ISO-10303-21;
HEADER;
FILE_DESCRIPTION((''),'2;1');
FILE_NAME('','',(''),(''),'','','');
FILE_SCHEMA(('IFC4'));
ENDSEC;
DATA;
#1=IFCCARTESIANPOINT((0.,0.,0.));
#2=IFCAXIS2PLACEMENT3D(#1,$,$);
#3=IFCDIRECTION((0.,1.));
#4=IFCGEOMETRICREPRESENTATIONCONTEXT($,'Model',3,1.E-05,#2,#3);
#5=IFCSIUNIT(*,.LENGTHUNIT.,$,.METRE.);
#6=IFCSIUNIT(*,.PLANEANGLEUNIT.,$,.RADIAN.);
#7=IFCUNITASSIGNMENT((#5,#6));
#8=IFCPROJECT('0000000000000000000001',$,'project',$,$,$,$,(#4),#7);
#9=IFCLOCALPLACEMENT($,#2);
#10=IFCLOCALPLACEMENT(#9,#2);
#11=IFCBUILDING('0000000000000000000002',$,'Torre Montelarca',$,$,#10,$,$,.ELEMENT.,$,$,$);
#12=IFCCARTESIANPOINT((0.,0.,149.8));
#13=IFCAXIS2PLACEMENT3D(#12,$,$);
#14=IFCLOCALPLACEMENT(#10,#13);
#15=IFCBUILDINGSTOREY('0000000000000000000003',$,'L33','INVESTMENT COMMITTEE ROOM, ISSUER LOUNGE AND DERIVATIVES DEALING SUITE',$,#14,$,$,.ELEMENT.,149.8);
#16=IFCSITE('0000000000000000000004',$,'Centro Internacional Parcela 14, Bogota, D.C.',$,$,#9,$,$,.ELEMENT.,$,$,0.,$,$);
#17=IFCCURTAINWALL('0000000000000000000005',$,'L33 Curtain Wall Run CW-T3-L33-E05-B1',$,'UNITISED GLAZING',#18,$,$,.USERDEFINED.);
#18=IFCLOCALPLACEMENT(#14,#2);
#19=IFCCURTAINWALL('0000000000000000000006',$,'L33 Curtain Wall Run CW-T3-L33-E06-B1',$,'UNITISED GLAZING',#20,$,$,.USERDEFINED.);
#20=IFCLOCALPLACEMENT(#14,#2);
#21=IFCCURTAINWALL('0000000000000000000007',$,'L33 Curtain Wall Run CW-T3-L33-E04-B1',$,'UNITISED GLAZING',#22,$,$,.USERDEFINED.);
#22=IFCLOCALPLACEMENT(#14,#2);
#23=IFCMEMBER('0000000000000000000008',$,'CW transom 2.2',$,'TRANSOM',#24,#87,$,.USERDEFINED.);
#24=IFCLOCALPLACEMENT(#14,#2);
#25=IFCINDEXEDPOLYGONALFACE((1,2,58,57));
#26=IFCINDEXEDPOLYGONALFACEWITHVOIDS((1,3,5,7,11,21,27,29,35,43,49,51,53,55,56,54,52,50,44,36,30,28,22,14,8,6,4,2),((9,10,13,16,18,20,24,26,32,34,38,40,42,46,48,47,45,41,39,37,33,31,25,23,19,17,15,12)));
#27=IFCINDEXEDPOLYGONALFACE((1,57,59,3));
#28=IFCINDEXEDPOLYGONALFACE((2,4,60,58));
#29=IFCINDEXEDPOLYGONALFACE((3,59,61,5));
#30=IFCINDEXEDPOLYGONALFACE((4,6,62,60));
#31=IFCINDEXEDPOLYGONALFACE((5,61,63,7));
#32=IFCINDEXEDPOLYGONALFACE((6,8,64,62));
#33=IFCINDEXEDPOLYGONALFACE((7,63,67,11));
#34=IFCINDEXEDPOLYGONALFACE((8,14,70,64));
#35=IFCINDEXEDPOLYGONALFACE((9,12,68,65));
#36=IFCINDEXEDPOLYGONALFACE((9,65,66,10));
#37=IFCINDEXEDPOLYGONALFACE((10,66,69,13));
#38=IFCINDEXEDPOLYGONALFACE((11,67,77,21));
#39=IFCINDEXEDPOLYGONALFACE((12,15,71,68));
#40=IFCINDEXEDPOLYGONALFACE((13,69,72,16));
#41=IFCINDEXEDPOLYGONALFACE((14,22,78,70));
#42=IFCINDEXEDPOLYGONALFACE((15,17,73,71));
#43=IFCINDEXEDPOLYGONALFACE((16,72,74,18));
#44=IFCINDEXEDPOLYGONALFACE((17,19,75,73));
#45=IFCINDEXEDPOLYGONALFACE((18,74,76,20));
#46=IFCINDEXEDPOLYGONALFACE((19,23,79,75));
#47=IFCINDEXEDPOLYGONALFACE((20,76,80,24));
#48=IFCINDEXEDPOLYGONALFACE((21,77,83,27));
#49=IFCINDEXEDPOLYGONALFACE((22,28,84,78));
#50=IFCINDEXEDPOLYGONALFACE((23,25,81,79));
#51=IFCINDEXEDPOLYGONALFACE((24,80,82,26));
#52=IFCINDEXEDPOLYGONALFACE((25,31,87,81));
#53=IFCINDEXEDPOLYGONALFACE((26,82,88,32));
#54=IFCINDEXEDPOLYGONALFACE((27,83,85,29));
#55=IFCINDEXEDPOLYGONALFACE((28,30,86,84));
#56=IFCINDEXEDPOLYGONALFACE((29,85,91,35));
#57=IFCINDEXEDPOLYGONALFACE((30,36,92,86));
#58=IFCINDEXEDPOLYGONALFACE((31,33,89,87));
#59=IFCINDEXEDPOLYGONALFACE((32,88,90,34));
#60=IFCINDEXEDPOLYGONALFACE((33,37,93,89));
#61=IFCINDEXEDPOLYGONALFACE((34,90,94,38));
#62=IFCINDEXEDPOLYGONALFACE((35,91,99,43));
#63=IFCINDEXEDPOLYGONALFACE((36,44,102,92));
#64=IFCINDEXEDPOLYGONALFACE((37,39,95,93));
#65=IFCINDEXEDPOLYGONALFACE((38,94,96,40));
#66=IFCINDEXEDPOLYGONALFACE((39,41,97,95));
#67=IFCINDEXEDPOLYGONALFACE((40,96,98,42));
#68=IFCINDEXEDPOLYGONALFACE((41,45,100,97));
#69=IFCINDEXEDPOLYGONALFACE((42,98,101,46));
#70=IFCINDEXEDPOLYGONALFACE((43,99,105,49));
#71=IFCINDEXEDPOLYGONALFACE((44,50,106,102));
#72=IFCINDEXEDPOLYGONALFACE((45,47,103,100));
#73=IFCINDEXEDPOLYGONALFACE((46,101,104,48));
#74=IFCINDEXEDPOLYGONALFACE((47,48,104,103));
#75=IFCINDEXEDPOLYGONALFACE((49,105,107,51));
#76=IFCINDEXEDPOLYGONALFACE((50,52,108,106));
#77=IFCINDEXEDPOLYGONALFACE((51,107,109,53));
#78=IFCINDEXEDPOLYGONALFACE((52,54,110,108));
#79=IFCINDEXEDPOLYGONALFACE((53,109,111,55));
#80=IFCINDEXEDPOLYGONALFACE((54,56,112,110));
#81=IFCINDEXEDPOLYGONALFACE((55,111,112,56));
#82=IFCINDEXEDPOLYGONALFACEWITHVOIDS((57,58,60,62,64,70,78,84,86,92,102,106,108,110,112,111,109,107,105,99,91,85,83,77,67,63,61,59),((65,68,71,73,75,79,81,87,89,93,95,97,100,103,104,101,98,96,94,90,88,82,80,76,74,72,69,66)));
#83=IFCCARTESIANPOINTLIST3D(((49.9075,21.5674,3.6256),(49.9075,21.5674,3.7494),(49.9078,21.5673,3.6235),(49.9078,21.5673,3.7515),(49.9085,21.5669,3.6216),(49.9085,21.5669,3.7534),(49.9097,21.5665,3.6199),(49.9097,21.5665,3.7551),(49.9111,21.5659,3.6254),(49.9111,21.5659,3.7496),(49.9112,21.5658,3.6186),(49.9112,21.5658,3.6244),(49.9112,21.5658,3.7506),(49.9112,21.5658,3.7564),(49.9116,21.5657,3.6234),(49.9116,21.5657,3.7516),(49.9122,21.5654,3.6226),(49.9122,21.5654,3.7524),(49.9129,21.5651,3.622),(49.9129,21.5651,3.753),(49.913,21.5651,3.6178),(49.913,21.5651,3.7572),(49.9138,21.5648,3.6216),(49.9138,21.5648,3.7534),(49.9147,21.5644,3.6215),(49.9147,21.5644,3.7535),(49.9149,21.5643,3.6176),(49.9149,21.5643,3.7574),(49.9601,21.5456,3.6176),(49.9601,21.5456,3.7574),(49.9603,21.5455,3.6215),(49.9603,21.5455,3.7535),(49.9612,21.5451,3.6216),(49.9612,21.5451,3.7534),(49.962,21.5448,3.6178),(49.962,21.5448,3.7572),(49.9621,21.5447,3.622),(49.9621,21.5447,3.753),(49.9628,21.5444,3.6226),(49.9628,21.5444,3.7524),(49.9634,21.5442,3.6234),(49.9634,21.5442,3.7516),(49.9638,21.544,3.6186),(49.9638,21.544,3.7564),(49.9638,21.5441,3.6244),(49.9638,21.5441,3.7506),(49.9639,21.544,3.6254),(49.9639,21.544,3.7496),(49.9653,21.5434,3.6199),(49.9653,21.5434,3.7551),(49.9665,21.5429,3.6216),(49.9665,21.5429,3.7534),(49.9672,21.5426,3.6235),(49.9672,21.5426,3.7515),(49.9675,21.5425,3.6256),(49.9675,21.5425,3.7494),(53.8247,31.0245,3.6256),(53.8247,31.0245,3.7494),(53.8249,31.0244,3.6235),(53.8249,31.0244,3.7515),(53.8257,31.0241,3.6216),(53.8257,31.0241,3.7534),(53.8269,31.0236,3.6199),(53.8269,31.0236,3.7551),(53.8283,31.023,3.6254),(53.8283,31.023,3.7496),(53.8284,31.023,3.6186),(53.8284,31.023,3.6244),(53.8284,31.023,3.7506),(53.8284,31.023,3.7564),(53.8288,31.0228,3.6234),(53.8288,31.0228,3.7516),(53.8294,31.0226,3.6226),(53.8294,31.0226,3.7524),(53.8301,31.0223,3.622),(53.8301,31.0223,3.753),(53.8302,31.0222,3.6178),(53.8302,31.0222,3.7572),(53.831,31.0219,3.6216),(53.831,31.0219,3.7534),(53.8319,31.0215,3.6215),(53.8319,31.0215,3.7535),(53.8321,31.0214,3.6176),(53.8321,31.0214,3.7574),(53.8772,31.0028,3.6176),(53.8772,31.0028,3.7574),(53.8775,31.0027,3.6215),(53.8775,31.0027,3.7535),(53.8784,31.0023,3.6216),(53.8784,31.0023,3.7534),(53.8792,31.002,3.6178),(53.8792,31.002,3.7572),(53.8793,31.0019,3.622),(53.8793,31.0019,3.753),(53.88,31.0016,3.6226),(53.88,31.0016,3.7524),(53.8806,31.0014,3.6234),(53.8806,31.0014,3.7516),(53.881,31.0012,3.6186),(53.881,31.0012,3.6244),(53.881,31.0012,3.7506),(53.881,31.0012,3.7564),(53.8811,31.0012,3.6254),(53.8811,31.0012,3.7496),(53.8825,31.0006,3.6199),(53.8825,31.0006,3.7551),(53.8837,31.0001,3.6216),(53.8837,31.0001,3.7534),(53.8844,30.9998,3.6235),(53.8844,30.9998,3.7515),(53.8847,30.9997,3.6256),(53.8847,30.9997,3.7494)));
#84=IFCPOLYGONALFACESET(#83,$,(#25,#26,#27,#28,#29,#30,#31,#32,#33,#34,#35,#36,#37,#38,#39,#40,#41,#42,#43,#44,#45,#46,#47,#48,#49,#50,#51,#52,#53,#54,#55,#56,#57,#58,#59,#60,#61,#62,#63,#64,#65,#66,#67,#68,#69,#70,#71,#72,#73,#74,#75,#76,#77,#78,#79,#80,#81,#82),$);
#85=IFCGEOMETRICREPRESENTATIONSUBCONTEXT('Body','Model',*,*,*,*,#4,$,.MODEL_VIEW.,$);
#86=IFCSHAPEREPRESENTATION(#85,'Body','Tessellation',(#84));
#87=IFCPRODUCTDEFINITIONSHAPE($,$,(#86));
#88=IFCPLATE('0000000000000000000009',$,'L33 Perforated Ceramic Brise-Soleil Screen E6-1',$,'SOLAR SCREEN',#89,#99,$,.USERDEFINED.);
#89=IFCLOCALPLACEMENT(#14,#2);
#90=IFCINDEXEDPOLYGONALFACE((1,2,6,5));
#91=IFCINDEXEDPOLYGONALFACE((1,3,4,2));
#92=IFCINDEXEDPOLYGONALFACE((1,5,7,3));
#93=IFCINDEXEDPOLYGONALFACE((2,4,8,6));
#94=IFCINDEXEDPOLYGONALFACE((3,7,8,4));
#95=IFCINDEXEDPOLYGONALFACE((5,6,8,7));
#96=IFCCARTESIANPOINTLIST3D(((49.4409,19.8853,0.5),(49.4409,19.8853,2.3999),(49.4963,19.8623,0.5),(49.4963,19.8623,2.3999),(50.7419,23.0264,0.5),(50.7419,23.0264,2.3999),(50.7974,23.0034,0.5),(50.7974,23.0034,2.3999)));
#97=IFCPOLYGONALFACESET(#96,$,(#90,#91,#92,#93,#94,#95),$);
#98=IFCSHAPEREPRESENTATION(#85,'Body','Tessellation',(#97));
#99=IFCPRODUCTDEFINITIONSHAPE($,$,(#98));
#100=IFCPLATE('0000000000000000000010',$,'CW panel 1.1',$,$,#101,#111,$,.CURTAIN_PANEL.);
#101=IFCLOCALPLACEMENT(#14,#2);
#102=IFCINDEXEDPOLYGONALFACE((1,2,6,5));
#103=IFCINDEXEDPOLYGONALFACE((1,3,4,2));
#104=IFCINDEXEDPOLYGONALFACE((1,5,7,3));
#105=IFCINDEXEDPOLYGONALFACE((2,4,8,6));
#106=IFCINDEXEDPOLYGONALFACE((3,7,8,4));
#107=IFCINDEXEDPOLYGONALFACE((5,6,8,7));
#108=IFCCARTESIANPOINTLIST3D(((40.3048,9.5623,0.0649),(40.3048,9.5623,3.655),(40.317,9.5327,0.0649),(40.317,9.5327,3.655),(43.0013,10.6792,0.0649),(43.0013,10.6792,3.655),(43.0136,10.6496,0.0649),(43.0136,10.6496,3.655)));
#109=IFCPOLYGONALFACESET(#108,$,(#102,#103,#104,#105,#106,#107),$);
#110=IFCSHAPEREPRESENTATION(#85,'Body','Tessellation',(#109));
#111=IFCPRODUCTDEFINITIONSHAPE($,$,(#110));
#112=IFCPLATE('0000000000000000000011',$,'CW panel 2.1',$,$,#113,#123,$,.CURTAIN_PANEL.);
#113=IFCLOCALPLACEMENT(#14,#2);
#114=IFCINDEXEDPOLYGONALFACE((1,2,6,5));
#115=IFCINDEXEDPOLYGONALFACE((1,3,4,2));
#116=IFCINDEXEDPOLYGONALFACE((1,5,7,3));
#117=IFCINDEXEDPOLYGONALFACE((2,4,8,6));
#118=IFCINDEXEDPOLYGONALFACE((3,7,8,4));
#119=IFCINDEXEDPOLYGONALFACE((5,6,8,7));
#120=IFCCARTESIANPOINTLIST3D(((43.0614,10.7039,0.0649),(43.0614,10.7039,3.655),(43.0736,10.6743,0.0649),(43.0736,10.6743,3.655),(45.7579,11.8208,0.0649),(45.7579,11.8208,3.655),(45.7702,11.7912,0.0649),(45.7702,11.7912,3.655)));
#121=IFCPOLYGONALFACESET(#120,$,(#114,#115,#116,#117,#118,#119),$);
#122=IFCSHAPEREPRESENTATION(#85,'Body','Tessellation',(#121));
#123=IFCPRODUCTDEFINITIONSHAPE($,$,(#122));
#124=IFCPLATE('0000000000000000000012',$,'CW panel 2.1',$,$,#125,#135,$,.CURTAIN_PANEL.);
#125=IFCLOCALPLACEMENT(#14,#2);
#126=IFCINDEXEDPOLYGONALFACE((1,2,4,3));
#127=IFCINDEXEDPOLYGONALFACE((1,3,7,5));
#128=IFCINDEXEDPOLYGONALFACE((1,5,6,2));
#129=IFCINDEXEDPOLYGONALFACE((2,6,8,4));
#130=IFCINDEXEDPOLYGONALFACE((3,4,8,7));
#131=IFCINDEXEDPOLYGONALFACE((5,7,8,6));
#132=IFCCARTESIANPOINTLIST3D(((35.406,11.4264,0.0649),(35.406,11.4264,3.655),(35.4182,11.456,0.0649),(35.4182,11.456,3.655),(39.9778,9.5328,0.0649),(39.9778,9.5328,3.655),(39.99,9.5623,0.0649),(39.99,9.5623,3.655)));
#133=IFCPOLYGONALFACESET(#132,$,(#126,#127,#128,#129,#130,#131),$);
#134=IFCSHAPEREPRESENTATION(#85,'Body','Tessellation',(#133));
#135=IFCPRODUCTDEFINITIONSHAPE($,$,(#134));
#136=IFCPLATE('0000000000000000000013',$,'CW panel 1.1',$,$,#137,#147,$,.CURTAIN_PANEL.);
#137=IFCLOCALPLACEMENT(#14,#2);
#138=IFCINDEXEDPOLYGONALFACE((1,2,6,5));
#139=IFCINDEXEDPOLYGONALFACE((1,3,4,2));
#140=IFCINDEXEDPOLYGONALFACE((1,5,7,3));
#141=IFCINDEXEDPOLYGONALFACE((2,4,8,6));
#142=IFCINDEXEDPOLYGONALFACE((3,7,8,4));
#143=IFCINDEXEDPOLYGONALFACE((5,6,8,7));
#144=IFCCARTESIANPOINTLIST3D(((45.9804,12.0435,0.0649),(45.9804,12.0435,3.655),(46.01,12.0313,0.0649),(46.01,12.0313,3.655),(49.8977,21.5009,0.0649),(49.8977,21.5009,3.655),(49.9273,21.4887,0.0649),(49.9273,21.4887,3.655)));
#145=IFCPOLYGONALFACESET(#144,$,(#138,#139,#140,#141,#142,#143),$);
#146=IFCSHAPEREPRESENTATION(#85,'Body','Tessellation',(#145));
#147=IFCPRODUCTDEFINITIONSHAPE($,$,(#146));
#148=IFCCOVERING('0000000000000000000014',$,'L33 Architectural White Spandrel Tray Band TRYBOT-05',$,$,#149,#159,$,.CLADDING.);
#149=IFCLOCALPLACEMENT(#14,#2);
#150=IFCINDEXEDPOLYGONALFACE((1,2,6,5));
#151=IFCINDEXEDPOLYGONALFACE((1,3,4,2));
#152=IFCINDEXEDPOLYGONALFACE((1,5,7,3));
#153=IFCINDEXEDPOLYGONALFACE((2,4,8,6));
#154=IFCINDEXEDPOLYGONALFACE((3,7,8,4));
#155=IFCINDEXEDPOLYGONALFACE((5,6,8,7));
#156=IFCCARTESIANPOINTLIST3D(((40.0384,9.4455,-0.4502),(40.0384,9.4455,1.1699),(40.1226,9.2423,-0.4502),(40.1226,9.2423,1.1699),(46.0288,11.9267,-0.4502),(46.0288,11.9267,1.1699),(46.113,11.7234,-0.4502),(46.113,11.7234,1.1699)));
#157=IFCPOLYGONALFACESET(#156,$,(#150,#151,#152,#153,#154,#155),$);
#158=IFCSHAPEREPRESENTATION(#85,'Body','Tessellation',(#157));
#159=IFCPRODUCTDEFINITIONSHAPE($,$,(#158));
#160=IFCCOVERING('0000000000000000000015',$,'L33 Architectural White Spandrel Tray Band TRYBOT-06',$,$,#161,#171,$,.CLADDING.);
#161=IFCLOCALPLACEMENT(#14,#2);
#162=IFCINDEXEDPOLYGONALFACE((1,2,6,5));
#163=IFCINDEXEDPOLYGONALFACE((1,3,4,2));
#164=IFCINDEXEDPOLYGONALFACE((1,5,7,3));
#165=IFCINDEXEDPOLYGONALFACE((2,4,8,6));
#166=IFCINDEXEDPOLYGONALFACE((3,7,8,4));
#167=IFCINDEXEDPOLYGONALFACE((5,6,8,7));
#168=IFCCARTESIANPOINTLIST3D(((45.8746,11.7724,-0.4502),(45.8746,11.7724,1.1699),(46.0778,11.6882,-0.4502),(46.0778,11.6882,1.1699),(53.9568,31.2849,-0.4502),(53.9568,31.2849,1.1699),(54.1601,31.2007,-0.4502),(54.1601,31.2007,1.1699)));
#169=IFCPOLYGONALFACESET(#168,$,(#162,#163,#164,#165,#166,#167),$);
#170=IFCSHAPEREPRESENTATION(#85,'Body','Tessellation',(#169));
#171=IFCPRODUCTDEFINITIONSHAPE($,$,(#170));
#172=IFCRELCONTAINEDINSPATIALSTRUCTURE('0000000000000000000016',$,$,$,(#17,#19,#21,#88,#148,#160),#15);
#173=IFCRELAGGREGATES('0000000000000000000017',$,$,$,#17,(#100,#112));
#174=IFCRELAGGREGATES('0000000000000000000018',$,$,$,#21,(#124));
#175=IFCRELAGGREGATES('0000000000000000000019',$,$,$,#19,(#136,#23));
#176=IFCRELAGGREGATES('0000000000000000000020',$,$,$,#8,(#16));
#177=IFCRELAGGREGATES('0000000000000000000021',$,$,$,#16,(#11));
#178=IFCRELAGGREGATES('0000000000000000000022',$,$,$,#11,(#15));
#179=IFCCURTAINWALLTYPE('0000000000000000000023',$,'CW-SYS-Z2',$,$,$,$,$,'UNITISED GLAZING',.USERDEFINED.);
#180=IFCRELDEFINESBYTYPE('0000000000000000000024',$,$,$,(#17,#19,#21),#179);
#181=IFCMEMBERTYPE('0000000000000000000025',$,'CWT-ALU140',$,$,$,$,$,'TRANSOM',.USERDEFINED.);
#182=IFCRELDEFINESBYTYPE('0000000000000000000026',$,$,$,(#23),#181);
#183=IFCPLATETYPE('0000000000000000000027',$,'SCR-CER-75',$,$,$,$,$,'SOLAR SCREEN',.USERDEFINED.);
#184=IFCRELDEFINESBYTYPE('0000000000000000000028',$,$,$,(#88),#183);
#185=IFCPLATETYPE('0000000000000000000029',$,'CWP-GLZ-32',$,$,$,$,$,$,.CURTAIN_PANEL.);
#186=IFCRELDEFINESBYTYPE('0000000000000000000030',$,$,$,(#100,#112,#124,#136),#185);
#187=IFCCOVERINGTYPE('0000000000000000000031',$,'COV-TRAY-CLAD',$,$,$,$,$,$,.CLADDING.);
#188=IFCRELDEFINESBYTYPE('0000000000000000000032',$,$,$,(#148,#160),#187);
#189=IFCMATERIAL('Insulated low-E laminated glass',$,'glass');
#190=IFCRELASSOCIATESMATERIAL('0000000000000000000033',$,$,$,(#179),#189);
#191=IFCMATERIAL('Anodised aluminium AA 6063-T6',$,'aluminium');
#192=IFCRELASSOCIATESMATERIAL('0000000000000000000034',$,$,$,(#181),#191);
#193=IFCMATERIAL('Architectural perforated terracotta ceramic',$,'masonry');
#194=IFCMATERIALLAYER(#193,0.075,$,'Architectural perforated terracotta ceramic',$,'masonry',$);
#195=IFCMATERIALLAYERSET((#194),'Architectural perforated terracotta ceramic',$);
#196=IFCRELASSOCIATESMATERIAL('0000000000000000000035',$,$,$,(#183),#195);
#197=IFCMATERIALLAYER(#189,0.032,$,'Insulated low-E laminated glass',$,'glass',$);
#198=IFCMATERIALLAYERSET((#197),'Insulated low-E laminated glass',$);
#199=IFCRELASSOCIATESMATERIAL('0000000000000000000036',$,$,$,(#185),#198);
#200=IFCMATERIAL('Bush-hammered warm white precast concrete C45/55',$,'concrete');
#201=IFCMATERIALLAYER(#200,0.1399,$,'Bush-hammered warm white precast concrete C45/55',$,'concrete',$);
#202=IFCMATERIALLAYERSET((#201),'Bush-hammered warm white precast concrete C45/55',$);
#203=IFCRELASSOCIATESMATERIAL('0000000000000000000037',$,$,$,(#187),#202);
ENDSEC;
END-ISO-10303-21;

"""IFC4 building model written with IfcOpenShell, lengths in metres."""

from ifc_helpers import new_model, si_unit, direction, frame, origin, origin_2d, place, context, subcontext, project, spatial, rectangle, hollow_rectangle, extrude, source, transform, mapped, material, layer, layer_set, material_profile, profile_set, type_object, element, aggregate, save


model = new_model("IFC4")

# Units and contexts
model_context = context("Model", 3, precision=1e-05, world=origin(), true_north=direction((0.0, 1.0)))
body_context = subcontext(model_context, "Body", "Model", "MODEL_VIEW")
ifc_project = project(units=[si_unit("LENGTHUNIT", "METRE"), si_unit("PLANEANGLEUNIT", "RADIAN")], contexts=[model_context])

# Site, building, storey
site_placement = place(None, origin())
site = spatial("IfcSite", under=ifc_project, at=site_placement, Name="Centro Internacional Parcela 14, Bogota, D.C.", CompositionType="ELEMENT", RefElevation=0.0)
building_placement = place(site_placement, origin())
building = spatial("IfcBuilding", under=site, at=building_placement, Name="Torre Montelarca", CompositionType="ELEMENT")
storey_placement = place(building_placement, frame((0.0, 0.0, 149.8)))
storey = spatial("IfcBuildingStorey", under=building, at=storey_placement, Name="L33", Description="INVESTMENT COMMITTEE ROOM, ISSUER LOUNGE AND DERIVATIVES DEALING SUITE", CompositionType="ELEMENT", Elevation=149.8)

# Curtain walls
ifc_material_1 = material(Name="Insulated low-E laminated glass", Category="glass")
curtain_wall_type = type_object("IfcCurtainWallType", Name="CW-SYS-Z2", ElementType="UNITISED GLAZING", PredefinedType="USERDEFINED", material=ifc_material_1)
curtain_wall_1_placement = place(storey_placement, origin())
curtain_wall_1 = element("IfcCurtainWall", 1, at=curtain_wall_1_placement, inside=storey, type_object=curtain_wall_type, Name="L33 Curtain Wall Run CW-T3-L33-E05-B1", ObjectType="UNITISED GLAZING", PredefinedType="USERDEFINED")
ifc_material_2 = material(Name="Anodised aluminium AA 6063-T6", Category="aluminium")
ifc_material_profile_1 = material_profile(ifc_material_2, hollow_rectangle(XDim=0.0649, YDim=0.1399, WallThickness=0.0039, InnerFilletRadius=0.0039, OuterFilletRadius=0.0081, at=origin_2d()), Name="ALU65X140X4", Category="aluminium")
ifc_profile_set_1 = profile_set([ifc_material_profile_1], Name="Anodised aluminium AA 6063-T6")
member_type_1 = type_object("IfcMemberType", Name="CWT-ALU140", ElementType="TRANSOM", PredefinedType="USERDEFINED", material=ifc_profile_set_1)
curtain_wall_2_placement = place(storey_placement, origin())
curtain_wall_2 = element("IfcCurtainWall", 2, at=curtain_wall_2_placement, inside=storey, type_object=curtain_wall_type, Name="L33 Curtain Wall Run CW-T3-L33-E06-B1", ObjectType="UNITISED GLAZING", PredefinedType="USERDEFINED")
curtain_wall_3_placement = place(storey_placement, origin())
curtain_wall_3 = element("IfcCurtainWall", 3, at=curtain_wall_3_placement, inside=storey, type_object=curtain_wall_type, Name="L33 Curtain Wall Run CW-T3-L33-E04-B1", ObjectType="UNITISED GLAZING", PredefinedType="USERDEFINED")

# Member
shared_shape_1 = source(origin(), body_context, "Body", "SweptSolid", [
    extrude(hollow_rectangle(XDim=0.0649, YDim=0.1399, WallThickness=0.0039, InnerFilletRadius=0.0039, OuterFilletRadius=0.0081, at=origin_2d()), origin(), (0.0, 0.0, 1.0), 10.2363),
])
member_1_placement = place(storey_placement, frame((49.9375, 21.5549, 3.6875), z_axis=(0.382675, 0.923883, 0.0), x_axis=(-0.923883, 0.382675, 0.0)))
member_1 = element("IfcMember", 4, at=member_1_placement, type_object=member_type_1, Name="CW transom 2.2", ObjectType="TRANSOM", PredefinedType="USERDEFINED", context=body_context, shape_type="MappedRepresentation", body=[
    mapped(shared_shape_1, transform((0.0, 0.0, 0.0), scale=1.0)),
])

# Plates
ifc_material_3 = material(Name="Architectural perforated terracotta ceramic", Category="masonry")
ifc_layer_1 = layer(ifc_material_3, 0.075, Name="Architectural perforated terracotta ceramic", Category="masonry")
ifc_layer_set_1 = layer_set([ifc_layer_1], Name="Architectural perforated terracotta ceramic")
plate_type_1 = type_object("IfcPlateType", Name="SCR-CER-75", ElementType="SOLAR SCREEN", PredefinedType="USERDEFINED", material=ifc_layer_set_1)
shared_shape_2 = source(origin(), body_context, "Body", "SweptSolid", [
    extrude(rectangle(XDim=3.3999, YDim=0.0601, at=origin_2d()), origin(), (0.0, 0.0, 1.0), 1.8999),
])
plate_1_placement = place(storey_placement, frame((50.1191, 21.4443, 0.5), z_axis=(0.0, 0.0, 1.0), x_axis=(0.38268, 0.923881, 0.0)))
element("IfcPlate", 5, at=plate_1_placement, inside=storey, type_object=plate_type_1, Name="L33 Perforated Ceramic Brise-Soleil Screen E6-1", ObjectType="SOLAR SCREEN", PredefinedType="USERDEFINED", context=body_context, shape_type="MappedRepresentation", body=[
    mapped(shared_shape_2, transform((0.0, 0.0, 0.0), scale=1.0)),
])
ifc_layer_2 = layer(ifc_material_1, 0.032, Name="Insulated low-E laminated glass", Category="glass")
ifc_layer_set_2 = layer_set([ifc_layer_2], Name="Insulated low-E laminated glass")
plate_type_2 = type_object("IfcPlateType", Name="CWP-GLZ-32", PredefinedType="CURTAIN_PANEL", material=ifc_layer_set_2)
shared_shape_3 = source(origin(), body_context, "Body", "SweptSolid", [
    extrude(rectangle(XDim=2.9187, YDim=0.032, at=origin_2d()), origin(), (0.0, 0.0, 1.0), 3.5901),
])
plate_2_placement = place(storey_placement, frame((41.6592, 10.106, 0.0649), z_axis=(0.0, 0.0, 1.0), x_axis=(0.923889, 0.382662, 0.0)))
plate_2 = element("IfcPlate", 6, at=plate_2_placement, type_object=plate_type_2, Name="CW panel 1.1", PredefinedType="CURTAIN_PANEL", context=body_context, shape_type="MappedRepresentation", body=[
    mapped(shared_shape_3, transform((0.0, 0.0, 0.0), scale=1.0)),
])
plate_3_placement = place(storey_placement, frame((44.4158, 11.2476, 0.0649), z_axis=(0.0, 0.0, 1.0), x_axis=(0.923889, 0.382662, 0.0)))
plate_3 = element("IfcPlate", 7, at=plate_3_placement, type_object=plate_type_2, Name="CW panel 2.1", PredefinedType="CURTAIN_PANEL", context=body_context, shape_type="MappedRepresentation", body=[
    mapped(shared_shape_3, transform((0.0, 0.0, 0.0), scale=1.0)),
])
aggregate(curtain_wall_1, [plate_2, plate_3])
shared_shape_4 = source(origin(), body_context, "Body", "SweptSolid", [
    extrude(rectangle(XDim=4.9485, YDim=0.032, at=origin_2d()), origin(), (0.0, 0.0, 1.0), 3.5901),
])
plate_4_placement = place(storey_placement, frame((37.698, 10.4944, 0.0649), z_axis=(0.0, 0.0, 1.0), x_axis=(0.923885, -0.382671, 0.0)))
plate_4 = element("IfcPlate", 8, at=plate_4_placement, type_object=plate_type_2, Name="CW panel 2.1", PredefinedType="CURTAIN_PANEL", context=body_context, shape_type="MappedRepresentation", body=[
    mapped(shared_shape_4, transform((0.0, 0.0, 0.0), scale=1.0)),
])
aggregate(curtain_wall_3, [plate_4])
shared_shape_5 = source(origin(), body_context, "Body", "SweptSolid", [
    extrude(rectangle(XDim=10.2366, YDim=0.032, at=origin_2d()), origin(), (0.0, 0.0, 1.0), 3.5901),
])
plate_5_placement = place(storey_placement, frame((47.9539, 16.7661, 0.0649), z_axis=(0.0, 0.0, 1.0), x_axis=(0.382679, 0.923881, 0.0)))
plate_5 = element("IfcPlate", 9, at=plate_5_placement, type_object=plate_type_2, Name="CW panel 1.1", PredefinedType="CURTAIN_PANEL", context=body_context, shape_type="MappedRepresentation", body=[
    mapped(shared_shape_5, transform((0.0, 0.0, 0.0), scale=1.0)),
])
aggregate(curtain_wall_2, [plate_5, member_1])

# Coverings
ifc_material_4 = material(Name="Bush-hammered warm white precast concrete C45/55", Category="concrete")
ifc_layer_3 = layer(ifc_material_4, 0.1399, Name="Bush-hammered warm white precast concrete C45/55", Category="concrete")
ifc_layer_set_3 = layer_set([ifc_layer_3], Name="Bush-hammered warm white precast concrete C45/55")
covering_type = type_object("IfcCoveringType", Name="COV-TRAY-CLAD", PredefinedType="CLADDING", material=ifc_layer_set_3)
shared_shape_6 = source(origin(), body_context, "Body", "SweptSolid", [
    extrude(rectangle(XDim=6.4839, YDim=0.22, at=origin_2d()), origin(), (0.0, 0.0, 1.0), 1.6201),
])
covering_1_placement = place(storey_placement, frame((43.0757, 10.5845, -0.4502), z_axis=(0.0, 0.0, 1.0), x_axis=(0.923886, 0.382669, 0.0)))
element("IfcCovering", 10, at=covering_1_placement, inside=storey, type_object=covering_type, Name="L33 Architectural White Spandrel Tray Band TRYBOT-05", PredefinedType="CLADDING", context=body_context, shape_type="MappedRepresentation", body=[
    mapped(shared_shape_6, transform((0.0, 0.0, 0.0), scale=1.0)),
])
shared_shape_7 = source(origin(), body_context, "Body", "SweptSolid", [
    extrude(rectangle(XDim=21.1201, YDim=0.22, at=origin_2d()), origin(), (0.0, 0.0, 1.0), 1.6201),
])
covering_2_placement = place(storey_placement, frame((50.0173, 21.4866, -0.4502), z_axis=(0.0, 0.0, 1.0), x_axis=(0.38268, 0.923881, 0.0)))
element("IfcCovering", 11, at=covering_2_placement, inside=storey, type_object=covering_type, Name="L33 Architectural White Spandrel Tray Band TRYBOT-06", PredefinedType="CLADDING", context=body_context, shape_type="MappedRepresentation", body=[
    mapped(shared_shape_7, transform((0.0, 0.0, 0.0), scale=1.0)),
])

save(model, "model.ifc")
